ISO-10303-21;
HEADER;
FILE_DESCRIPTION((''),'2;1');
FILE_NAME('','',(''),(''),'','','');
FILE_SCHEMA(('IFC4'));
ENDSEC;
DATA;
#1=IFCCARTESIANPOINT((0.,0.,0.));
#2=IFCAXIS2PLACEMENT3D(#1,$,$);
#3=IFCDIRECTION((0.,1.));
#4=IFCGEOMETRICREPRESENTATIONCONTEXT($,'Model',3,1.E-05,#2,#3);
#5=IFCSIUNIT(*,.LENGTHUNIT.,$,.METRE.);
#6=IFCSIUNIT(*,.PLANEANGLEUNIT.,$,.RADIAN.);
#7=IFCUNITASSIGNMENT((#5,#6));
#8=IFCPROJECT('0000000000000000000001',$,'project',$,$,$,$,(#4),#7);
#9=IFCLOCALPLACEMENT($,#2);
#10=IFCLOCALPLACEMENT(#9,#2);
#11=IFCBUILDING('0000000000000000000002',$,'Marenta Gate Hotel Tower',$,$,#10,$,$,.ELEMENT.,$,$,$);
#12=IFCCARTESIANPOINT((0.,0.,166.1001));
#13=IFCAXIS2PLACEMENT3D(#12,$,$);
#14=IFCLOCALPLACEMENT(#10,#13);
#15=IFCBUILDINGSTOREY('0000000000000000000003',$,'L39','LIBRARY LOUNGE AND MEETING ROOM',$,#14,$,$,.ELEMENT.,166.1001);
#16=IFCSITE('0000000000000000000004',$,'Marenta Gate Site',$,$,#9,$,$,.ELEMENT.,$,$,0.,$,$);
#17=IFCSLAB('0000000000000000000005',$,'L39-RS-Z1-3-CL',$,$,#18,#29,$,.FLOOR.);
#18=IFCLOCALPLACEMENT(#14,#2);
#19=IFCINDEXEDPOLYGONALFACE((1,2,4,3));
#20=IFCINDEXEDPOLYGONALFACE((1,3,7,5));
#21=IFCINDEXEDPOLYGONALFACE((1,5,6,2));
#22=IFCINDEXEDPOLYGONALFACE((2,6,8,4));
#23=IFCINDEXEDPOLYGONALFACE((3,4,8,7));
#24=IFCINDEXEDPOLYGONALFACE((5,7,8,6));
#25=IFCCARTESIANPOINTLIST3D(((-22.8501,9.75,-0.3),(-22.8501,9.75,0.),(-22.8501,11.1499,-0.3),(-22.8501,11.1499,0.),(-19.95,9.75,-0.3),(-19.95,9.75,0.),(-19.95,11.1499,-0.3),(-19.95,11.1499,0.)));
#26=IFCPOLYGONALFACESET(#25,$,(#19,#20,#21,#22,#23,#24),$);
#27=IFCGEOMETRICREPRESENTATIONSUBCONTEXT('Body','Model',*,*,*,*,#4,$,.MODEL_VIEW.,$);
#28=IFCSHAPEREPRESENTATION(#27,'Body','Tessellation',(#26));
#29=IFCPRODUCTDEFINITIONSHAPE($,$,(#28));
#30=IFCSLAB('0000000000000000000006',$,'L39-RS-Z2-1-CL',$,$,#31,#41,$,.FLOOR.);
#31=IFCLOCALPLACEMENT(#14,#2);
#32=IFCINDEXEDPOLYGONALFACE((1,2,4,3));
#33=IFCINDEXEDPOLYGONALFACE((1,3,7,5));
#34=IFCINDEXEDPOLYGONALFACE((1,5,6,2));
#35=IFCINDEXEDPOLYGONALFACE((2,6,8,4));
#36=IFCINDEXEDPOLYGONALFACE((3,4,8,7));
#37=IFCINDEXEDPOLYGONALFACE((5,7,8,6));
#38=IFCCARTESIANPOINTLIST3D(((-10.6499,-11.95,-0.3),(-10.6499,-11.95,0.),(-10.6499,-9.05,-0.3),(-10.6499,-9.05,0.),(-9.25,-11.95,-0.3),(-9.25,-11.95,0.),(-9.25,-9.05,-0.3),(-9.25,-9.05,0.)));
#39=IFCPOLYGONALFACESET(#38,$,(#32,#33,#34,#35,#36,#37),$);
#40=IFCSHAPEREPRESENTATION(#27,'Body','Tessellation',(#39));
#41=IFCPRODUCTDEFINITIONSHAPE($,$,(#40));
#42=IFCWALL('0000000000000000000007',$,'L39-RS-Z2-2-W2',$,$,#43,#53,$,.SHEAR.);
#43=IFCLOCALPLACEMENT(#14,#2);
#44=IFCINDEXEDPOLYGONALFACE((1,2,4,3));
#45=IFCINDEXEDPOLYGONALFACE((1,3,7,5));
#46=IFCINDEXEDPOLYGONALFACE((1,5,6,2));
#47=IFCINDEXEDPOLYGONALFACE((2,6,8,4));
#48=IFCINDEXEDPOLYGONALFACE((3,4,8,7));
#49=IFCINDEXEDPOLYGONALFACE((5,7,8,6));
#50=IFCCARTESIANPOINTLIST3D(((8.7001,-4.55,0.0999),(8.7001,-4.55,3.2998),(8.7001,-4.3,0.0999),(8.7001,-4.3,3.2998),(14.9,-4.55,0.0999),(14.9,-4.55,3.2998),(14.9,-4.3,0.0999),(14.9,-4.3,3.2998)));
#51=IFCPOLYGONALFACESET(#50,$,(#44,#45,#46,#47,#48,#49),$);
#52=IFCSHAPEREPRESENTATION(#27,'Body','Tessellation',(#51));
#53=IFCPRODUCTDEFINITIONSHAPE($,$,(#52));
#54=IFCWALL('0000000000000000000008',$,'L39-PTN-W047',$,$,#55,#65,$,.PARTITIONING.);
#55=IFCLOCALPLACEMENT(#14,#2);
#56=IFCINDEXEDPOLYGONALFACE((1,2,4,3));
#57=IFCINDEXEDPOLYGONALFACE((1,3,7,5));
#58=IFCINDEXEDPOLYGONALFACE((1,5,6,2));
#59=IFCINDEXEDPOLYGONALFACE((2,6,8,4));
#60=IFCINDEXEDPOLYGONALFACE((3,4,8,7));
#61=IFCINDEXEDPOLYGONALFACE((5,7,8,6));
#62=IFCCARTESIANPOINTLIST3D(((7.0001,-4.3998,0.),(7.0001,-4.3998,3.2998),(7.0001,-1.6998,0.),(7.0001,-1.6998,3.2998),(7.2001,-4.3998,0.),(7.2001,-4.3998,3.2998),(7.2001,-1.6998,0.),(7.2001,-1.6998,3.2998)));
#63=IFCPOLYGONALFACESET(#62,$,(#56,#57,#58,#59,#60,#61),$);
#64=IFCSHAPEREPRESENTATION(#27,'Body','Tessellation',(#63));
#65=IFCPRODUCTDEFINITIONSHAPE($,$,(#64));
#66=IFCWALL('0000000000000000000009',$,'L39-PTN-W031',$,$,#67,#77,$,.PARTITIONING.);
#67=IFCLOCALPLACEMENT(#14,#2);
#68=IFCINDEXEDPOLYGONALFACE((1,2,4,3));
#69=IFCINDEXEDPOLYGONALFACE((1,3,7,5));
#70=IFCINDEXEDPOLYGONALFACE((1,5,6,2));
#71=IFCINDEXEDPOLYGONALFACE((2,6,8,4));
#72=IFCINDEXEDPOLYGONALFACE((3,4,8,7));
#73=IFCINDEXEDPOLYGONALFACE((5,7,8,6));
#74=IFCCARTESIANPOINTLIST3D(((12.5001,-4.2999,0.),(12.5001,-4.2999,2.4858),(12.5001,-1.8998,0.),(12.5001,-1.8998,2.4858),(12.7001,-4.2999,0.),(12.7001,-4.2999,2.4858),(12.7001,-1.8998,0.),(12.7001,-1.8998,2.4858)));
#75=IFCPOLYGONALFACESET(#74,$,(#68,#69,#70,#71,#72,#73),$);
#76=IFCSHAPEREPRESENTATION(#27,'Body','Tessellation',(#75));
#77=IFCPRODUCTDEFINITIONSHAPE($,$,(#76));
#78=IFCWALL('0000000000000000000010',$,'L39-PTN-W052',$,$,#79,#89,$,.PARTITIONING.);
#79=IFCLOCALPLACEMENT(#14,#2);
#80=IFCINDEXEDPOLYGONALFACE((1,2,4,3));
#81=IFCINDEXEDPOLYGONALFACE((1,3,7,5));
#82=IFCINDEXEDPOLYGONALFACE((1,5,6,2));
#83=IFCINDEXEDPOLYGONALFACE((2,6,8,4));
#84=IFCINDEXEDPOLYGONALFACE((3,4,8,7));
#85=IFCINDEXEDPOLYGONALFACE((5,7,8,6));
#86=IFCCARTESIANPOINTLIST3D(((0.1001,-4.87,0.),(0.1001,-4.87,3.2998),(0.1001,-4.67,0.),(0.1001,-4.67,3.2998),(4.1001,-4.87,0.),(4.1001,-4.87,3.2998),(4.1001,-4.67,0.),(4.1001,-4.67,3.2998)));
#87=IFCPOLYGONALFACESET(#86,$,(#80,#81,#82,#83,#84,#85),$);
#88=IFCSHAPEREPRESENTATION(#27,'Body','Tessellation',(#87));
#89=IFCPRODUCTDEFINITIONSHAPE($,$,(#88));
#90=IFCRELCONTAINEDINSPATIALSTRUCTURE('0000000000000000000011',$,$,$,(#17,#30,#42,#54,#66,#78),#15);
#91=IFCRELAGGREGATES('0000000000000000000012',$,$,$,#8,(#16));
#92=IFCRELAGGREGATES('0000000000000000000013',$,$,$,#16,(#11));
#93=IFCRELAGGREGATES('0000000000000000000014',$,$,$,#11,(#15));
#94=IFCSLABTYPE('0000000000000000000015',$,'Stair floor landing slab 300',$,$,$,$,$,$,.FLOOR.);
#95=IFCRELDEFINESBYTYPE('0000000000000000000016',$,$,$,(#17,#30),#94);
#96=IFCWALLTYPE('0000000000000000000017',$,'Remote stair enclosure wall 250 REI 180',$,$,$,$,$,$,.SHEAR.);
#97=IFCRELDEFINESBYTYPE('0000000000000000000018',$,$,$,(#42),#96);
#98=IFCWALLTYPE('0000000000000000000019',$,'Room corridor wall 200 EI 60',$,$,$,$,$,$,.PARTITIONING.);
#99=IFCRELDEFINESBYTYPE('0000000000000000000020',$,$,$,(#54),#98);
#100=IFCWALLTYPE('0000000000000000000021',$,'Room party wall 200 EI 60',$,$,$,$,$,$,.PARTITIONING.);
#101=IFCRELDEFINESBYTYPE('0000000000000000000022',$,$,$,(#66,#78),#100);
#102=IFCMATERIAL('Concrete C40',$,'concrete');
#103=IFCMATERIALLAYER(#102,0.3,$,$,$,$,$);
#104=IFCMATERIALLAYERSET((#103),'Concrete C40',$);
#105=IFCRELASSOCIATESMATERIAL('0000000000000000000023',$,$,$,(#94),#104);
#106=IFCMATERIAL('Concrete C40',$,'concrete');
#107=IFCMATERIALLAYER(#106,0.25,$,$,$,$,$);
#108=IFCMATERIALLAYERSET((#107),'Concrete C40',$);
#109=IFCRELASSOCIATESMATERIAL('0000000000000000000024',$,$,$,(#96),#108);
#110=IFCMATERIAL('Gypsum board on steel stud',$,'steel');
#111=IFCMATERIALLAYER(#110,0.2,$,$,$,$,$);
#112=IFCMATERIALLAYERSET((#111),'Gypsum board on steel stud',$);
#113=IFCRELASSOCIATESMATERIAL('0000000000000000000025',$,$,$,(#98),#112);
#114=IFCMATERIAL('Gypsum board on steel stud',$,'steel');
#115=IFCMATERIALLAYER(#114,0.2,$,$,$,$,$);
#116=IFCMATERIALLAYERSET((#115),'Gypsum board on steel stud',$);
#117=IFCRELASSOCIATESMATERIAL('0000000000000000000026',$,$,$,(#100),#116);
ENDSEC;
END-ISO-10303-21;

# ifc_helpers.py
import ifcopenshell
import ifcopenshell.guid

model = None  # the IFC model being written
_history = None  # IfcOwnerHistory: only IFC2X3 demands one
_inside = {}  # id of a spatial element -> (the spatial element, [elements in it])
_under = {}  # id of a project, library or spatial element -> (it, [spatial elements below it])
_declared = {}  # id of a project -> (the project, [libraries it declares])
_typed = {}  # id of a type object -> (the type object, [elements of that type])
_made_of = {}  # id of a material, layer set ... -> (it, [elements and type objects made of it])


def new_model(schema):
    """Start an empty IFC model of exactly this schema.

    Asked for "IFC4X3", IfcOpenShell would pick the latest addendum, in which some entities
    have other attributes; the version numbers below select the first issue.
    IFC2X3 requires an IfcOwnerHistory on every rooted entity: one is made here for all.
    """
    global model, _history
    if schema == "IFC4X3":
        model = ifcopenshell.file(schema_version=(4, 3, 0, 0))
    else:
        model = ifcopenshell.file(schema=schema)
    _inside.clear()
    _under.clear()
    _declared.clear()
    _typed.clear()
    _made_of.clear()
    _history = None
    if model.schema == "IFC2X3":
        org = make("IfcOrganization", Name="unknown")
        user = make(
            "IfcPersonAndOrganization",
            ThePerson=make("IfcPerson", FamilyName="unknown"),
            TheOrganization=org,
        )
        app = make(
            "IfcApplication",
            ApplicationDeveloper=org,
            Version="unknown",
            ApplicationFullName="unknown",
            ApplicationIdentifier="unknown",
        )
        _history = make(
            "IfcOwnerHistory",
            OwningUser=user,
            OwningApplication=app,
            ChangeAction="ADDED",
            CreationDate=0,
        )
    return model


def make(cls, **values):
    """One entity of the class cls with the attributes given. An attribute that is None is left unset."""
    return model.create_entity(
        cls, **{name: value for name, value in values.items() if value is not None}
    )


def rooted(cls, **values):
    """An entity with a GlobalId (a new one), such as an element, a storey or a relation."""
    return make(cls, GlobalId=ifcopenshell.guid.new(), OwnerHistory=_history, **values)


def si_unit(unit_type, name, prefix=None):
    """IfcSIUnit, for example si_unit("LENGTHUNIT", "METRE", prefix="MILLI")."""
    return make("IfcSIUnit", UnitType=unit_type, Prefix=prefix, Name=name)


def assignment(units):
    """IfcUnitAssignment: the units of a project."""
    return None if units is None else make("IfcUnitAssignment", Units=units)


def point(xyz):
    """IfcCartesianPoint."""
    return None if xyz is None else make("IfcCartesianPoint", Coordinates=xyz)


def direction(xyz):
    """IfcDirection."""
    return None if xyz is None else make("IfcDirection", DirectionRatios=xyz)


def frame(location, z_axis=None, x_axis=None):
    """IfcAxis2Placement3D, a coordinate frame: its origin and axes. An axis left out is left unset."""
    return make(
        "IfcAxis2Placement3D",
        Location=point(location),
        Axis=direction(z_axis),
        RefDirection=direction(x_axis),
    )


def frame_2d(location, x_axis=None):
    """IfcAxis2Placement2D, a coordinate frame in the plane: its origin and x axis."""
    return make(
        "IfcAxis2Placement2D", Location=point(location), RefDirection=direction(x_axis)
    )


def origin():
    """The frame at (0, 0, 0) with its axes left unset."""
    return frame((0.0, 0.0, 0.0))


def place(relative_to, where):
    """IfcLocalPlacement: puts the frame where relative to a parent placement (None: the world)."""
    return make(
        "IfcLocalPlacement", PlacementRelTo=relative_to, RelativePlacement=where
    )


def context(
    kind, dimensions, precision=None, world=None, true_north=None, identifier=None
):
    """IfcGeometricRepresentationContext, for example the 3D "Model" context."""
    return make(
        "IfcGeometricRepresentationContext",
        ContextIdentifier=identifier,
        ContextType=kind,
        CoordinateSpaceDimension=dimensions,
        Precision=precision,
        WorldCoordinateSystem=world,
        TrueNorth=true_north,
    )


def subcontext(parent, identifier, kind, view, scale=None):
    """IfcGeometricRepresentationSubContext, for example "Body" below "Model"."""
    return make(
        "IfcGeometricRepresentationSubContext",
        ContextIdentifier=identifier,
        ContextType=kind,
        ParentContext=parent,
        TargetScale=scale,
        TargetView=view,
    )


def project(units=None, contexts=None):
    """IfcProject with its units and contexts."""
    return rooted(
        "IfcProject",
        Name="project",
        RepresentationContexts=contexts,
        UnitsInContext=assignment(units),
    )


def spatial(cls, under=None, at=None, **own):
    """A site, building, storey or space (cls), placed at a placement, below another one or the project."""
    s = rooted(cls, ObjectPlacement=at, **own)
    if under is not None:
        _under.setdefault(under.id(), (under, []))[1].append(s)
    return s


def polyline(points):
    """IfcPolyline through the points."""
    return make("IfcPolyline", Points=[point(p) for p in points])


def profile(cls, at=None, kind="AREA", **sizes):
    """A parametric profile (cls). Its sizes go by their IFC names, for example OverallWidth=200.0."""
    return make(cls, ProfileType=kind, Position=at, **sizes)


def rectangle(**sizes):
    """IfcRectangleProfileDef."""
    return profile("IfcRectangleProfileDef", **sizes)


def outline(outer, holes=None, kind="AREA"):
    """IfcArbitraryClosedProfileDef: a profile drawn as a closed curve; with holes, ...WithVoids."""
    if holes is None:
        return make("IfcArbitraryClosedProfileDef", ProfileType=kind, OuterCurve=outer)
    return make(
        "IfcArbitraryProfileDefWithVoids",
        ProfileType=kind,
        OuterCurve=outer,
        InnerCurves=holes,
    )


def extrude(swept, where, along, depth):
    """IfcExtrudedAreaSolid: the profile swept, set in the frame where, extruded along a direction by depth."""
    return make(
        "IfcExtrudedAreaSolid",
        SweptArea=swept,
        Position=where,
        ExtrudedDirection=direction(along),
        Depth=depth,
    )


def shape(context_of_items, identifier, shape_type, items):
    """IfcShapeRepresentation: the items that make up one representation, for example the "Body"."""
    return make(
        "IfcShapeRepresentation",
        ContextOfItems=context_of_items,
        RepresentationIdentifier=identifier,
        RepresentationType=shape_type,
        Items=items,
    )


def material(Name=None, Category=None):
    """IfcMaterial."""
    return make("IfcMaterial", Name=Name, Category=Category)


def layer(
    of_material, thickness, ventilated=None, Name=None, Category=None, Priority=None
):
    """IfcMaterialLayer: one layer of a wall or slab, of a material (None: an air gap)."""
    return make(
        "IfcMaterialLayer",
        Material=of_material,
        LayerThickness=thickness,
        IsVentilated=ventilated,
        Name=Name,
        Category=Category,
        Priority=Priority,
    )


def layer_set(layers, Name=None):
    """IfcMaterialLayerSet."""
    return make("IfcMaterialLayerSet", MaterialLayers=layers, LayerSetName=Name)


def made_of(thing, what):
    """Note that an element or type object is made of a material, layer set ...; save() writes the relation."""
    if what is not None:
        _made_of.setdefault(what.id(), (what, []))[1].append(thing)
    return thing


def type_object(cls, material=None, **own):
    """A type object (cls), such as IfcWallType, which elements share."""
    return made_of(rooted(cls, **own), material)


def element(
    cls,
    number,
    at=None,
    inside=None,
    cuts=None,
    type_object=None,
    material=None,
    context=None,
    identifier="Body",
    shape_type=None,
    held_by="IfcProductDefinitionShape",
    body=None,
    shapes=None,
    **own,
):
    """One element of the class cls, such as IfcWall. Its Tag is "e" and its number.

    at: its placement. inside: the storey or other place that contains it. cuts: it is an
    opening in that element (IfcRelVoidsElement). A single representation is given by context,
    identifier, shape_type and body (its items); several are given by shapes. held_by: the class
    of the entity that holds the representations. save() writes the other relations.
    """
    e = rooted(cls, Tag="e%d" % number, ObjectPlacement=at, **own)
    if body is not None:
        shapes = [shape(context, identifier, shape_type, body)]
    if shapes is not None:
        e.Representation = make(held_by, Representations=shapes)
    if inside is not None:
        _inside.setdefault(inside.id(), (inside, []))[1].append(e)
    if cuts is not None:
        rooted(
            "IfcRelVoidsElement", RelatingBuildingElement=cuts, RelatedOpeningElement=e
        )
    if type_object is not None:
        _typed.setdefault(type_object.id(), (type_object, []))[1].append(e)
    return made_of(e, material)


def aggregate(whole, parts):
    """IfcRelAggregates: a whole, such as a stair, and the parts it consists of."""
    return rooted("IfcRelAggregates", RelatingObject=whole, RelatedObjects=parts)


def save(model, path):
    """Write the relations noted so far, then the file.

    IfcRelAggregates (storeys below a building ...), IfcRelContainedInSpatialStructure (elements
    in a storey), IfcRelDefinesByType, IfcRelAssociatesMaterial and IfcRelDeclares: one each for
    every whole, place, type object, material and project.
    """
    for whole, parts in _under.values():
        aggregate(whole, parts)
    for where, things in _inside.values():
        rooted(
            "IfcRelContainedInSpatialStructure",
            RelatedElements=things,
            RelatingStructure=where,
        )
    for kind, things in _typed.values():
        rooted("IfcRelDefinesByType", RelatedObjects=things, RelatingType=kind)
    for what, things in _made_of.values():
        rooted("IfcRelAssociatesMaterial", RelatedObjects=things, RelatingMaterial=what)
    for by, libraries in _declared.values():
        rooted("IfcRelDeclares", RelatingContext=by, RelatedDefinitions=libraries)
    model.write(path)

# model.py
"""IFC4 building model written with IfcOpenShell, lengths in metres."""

from ifc_helpers import new_model, si_unit, direction, frame, frame_2d, origin, place, context, subcontext, project, spatial, polyline, rectangle, outline, extrude, material, layer, layer_set, type_object, element, save


model = new_model("IFC4")

# Units and contexts
model_context = context("Model", 3, precision=1e-05, world=origin(), true_north=direction((0.0, 1.0)))
body_context = subcontext(model_context, "Body", "Model", "MODEL_VIEW")
ifc_project = project(units=[si_unit("LENGTHUNIT", "METRE"), si_unit("PLANEANGLEUNIT", "RADIAN")], contexts=[model_context])

# Site, building, storey
site_placement = place(None, origin())
site = spatial("IfcSite", under=ifc_project, at=site_placement, Name="Marenta Gate Site", CompositionType="ELEMENT", RefElevation=0.0)
building_placement = place(site_placement, origin())
building = spatial("IfcBuilding", under=site, at=building_placement, Name="Marenta Gate Hotel Tower", CompositionType="ELEMENT")
storey_placement = place(building_placement, frame((0.0, 0.0, 166.1001)))
storey = spatial("IfcBuildingStorey", under=building, at=storey_placement, Name="L39", Description="LIBRARY LOUNGE AND MEETING ROOM", CompositionType="ELEMENT", Elevation=166.1001)

# Slabs
ifc_material_1 = material(Name="Concrete C40", Category="concrete")
ifc_layer_1 = layer(ifc_material_1, 0.3)
ifc_layer_set_1 = layer_set([ifc_layer_1], Name="Concrete C40")
slab_type_1 = type_object("IfcSlabType", Name="Stair floor landing slab 300", PredefinedType="FLOOR", material=ifc_layer_set_1)
slab_1_placement = place(storey_placement, frame((0.0, 0.0, -0.3)))
element("IfcSlab", 1, at=slab_1_placement, inside=storey, type_object=slab_type_1, Name="L39-RS-Z1-3-CL", PredefinedType="FLOOR", context=body_context, shape_type="SweptSolid", body=[
    extrude(outline(polyline([(-19.95, 9.75), (-19.95, 11.1499), (-22.8501, 11.1499), (-22.8501, 9.75), (-19.95, 9.75)])), origin(), (0.0, 0.0, 1.0), 0.3),
])
slab_2_placement = place(storey_placement, frame((0.0, 0.0, -0.3)))
element("IfcSlab", 2, at=slab_2_placement, inside=storey, type_object=slab_type_1, Name="L39-RS-Z2-1-CL", PredefinedType="FLOOR", context=body_context, shape_type="SweptSolid", body=[
    extrude(outline(polyline([(-9.25, -11.95), (-9.25, -9.05), (-10.6499, -9.05), (-10.6499, -11.95), (-9.25, -11.95)])), origin(), (0.0, 0.0, 1.0), 0.3),
])

# Wall
ifc_material_2 = material(Name="Concrete C40", Category="concrete")
ifc_layer_2 = layer(ifc_material_2, 0.25)
ifc_layer_set_2 = layer_set([ifc_layer_2], Name="Concrete C40")
wall_type_1 = type_object("IfcWallType", Name="Remote stair enclosure wall 250 REI 180", PredefinedType="SHEAR", material=ifc_layer_set_2)
wall_1_placement = place(storey_placement, frame((8.7, -4.425, 0.0999), z_axis=(0.0, 0.0, 1.0), x_axis=(1.0, 0.0, 0.0)))
element("IfcWall", 3, at=wall_1_placement, inside=storey, type_object=wall_type_1, Name="L39-RS-Z2-2-W2", PredefinedType="SHEAR", context=body_context, shape_type="SweptSolid", body=[
    extrude(rectangle(XDim=6.2, YDim=0.25, at=frame_2d((3.1001, 0.0))), origin(), (0.0, 0.0, 1.0), 3.2),
])

# Shared definitions
ifc_material_3 = material(Name="Gypsum board on steel stud", Category="steel")
ifc_layer_3 = layer(ifc_material_3, 0.2)
ifc_layer_set_3 = layer_set([ifc_layer_3], Name="Gypsum board on steel stud")
wall_type_2 = type_object("IfcWallType", Name="Room corridor wall 200 EI 60", PredefinedType="PARTITIONING", material=ifc_layer_set_3)

# Wall
wall_2_placement = place(storey_placement, frame((7.1001, -4.3999, 0.0), z_axis=(0.0, 0.0, 1.0), x_axis=(0.0, 1.0, 0.0)))
element("IfcWall", 4, at=wall_2_placement, inside=storey, type_object=wall_type_2, Name="L39-PTN-W047", PredefinedType="PARTITIONING", context=body_context, shape_type="SweptSolid", body=[
    extrude(rectangle(XDim=2.7, YDim=0.2, at=frame_2d((1.3501, 0.0))), origin(), (0.0, 0.0, 1.0), 3.2998),
])

# Walls
ifc_material_4 = material(Name="Gypsum board on steel stud", Category="steel")
ifc_layer_4 = layer(ifc_material_4, 0.2)
ifc_layer_set_4 = layer_set([ifc_layer_4], Name="Gypsum board on steel stud")
wall_type_3 = type_object("IfcWallType", Name="Room party wall 200 EI 60", PredefinedType="PARTITIONING", material=ifc_layer_set_4)
wall_3_placement = place(storey_placement, frame((12.6001, -4.3, 0.0), z_axis=(0.0, 0.0, 1.0), x_axis=(0.0, 1.0, 0.0)))
element("IfcWall", 5, at=wall_3_placement, inside=storey, type_object=wall_type_3, Name="L39-PTN-W031", PredefinedType="PARTITIONING", context=body_context, shape_type="SweptSolid", body=[
    extrude(rectangle(XDim=2.4001, YDim=0.2, at=frame_2d((1.2002, 0.0))), origin(), (0.0, 0.0, 1.0), 2.4858),
])
wall_4_placement = place(storey_placement, frame((0.1001, -4.77, 0.0), z_axis=(0.0, 0.0, 1.0), x_axis=(1.0, 0.0, 0.0)))
element("IfcWall", 6, at=wall_4_placement, inside=storey, type_object=wall_type_3, Name="L39-PTN-W052", PredefinedType="PARTITIONING", context=body_context, shape_type="SweptSolid", body=[
    extrude(rectangle(XDim=4.0, YDim=0.2, at=frame_2d((2.0, 0.0))), origin(), (0.0, 0.0, 1.0), 3.2998),
])

save(model, "model.ifc")
